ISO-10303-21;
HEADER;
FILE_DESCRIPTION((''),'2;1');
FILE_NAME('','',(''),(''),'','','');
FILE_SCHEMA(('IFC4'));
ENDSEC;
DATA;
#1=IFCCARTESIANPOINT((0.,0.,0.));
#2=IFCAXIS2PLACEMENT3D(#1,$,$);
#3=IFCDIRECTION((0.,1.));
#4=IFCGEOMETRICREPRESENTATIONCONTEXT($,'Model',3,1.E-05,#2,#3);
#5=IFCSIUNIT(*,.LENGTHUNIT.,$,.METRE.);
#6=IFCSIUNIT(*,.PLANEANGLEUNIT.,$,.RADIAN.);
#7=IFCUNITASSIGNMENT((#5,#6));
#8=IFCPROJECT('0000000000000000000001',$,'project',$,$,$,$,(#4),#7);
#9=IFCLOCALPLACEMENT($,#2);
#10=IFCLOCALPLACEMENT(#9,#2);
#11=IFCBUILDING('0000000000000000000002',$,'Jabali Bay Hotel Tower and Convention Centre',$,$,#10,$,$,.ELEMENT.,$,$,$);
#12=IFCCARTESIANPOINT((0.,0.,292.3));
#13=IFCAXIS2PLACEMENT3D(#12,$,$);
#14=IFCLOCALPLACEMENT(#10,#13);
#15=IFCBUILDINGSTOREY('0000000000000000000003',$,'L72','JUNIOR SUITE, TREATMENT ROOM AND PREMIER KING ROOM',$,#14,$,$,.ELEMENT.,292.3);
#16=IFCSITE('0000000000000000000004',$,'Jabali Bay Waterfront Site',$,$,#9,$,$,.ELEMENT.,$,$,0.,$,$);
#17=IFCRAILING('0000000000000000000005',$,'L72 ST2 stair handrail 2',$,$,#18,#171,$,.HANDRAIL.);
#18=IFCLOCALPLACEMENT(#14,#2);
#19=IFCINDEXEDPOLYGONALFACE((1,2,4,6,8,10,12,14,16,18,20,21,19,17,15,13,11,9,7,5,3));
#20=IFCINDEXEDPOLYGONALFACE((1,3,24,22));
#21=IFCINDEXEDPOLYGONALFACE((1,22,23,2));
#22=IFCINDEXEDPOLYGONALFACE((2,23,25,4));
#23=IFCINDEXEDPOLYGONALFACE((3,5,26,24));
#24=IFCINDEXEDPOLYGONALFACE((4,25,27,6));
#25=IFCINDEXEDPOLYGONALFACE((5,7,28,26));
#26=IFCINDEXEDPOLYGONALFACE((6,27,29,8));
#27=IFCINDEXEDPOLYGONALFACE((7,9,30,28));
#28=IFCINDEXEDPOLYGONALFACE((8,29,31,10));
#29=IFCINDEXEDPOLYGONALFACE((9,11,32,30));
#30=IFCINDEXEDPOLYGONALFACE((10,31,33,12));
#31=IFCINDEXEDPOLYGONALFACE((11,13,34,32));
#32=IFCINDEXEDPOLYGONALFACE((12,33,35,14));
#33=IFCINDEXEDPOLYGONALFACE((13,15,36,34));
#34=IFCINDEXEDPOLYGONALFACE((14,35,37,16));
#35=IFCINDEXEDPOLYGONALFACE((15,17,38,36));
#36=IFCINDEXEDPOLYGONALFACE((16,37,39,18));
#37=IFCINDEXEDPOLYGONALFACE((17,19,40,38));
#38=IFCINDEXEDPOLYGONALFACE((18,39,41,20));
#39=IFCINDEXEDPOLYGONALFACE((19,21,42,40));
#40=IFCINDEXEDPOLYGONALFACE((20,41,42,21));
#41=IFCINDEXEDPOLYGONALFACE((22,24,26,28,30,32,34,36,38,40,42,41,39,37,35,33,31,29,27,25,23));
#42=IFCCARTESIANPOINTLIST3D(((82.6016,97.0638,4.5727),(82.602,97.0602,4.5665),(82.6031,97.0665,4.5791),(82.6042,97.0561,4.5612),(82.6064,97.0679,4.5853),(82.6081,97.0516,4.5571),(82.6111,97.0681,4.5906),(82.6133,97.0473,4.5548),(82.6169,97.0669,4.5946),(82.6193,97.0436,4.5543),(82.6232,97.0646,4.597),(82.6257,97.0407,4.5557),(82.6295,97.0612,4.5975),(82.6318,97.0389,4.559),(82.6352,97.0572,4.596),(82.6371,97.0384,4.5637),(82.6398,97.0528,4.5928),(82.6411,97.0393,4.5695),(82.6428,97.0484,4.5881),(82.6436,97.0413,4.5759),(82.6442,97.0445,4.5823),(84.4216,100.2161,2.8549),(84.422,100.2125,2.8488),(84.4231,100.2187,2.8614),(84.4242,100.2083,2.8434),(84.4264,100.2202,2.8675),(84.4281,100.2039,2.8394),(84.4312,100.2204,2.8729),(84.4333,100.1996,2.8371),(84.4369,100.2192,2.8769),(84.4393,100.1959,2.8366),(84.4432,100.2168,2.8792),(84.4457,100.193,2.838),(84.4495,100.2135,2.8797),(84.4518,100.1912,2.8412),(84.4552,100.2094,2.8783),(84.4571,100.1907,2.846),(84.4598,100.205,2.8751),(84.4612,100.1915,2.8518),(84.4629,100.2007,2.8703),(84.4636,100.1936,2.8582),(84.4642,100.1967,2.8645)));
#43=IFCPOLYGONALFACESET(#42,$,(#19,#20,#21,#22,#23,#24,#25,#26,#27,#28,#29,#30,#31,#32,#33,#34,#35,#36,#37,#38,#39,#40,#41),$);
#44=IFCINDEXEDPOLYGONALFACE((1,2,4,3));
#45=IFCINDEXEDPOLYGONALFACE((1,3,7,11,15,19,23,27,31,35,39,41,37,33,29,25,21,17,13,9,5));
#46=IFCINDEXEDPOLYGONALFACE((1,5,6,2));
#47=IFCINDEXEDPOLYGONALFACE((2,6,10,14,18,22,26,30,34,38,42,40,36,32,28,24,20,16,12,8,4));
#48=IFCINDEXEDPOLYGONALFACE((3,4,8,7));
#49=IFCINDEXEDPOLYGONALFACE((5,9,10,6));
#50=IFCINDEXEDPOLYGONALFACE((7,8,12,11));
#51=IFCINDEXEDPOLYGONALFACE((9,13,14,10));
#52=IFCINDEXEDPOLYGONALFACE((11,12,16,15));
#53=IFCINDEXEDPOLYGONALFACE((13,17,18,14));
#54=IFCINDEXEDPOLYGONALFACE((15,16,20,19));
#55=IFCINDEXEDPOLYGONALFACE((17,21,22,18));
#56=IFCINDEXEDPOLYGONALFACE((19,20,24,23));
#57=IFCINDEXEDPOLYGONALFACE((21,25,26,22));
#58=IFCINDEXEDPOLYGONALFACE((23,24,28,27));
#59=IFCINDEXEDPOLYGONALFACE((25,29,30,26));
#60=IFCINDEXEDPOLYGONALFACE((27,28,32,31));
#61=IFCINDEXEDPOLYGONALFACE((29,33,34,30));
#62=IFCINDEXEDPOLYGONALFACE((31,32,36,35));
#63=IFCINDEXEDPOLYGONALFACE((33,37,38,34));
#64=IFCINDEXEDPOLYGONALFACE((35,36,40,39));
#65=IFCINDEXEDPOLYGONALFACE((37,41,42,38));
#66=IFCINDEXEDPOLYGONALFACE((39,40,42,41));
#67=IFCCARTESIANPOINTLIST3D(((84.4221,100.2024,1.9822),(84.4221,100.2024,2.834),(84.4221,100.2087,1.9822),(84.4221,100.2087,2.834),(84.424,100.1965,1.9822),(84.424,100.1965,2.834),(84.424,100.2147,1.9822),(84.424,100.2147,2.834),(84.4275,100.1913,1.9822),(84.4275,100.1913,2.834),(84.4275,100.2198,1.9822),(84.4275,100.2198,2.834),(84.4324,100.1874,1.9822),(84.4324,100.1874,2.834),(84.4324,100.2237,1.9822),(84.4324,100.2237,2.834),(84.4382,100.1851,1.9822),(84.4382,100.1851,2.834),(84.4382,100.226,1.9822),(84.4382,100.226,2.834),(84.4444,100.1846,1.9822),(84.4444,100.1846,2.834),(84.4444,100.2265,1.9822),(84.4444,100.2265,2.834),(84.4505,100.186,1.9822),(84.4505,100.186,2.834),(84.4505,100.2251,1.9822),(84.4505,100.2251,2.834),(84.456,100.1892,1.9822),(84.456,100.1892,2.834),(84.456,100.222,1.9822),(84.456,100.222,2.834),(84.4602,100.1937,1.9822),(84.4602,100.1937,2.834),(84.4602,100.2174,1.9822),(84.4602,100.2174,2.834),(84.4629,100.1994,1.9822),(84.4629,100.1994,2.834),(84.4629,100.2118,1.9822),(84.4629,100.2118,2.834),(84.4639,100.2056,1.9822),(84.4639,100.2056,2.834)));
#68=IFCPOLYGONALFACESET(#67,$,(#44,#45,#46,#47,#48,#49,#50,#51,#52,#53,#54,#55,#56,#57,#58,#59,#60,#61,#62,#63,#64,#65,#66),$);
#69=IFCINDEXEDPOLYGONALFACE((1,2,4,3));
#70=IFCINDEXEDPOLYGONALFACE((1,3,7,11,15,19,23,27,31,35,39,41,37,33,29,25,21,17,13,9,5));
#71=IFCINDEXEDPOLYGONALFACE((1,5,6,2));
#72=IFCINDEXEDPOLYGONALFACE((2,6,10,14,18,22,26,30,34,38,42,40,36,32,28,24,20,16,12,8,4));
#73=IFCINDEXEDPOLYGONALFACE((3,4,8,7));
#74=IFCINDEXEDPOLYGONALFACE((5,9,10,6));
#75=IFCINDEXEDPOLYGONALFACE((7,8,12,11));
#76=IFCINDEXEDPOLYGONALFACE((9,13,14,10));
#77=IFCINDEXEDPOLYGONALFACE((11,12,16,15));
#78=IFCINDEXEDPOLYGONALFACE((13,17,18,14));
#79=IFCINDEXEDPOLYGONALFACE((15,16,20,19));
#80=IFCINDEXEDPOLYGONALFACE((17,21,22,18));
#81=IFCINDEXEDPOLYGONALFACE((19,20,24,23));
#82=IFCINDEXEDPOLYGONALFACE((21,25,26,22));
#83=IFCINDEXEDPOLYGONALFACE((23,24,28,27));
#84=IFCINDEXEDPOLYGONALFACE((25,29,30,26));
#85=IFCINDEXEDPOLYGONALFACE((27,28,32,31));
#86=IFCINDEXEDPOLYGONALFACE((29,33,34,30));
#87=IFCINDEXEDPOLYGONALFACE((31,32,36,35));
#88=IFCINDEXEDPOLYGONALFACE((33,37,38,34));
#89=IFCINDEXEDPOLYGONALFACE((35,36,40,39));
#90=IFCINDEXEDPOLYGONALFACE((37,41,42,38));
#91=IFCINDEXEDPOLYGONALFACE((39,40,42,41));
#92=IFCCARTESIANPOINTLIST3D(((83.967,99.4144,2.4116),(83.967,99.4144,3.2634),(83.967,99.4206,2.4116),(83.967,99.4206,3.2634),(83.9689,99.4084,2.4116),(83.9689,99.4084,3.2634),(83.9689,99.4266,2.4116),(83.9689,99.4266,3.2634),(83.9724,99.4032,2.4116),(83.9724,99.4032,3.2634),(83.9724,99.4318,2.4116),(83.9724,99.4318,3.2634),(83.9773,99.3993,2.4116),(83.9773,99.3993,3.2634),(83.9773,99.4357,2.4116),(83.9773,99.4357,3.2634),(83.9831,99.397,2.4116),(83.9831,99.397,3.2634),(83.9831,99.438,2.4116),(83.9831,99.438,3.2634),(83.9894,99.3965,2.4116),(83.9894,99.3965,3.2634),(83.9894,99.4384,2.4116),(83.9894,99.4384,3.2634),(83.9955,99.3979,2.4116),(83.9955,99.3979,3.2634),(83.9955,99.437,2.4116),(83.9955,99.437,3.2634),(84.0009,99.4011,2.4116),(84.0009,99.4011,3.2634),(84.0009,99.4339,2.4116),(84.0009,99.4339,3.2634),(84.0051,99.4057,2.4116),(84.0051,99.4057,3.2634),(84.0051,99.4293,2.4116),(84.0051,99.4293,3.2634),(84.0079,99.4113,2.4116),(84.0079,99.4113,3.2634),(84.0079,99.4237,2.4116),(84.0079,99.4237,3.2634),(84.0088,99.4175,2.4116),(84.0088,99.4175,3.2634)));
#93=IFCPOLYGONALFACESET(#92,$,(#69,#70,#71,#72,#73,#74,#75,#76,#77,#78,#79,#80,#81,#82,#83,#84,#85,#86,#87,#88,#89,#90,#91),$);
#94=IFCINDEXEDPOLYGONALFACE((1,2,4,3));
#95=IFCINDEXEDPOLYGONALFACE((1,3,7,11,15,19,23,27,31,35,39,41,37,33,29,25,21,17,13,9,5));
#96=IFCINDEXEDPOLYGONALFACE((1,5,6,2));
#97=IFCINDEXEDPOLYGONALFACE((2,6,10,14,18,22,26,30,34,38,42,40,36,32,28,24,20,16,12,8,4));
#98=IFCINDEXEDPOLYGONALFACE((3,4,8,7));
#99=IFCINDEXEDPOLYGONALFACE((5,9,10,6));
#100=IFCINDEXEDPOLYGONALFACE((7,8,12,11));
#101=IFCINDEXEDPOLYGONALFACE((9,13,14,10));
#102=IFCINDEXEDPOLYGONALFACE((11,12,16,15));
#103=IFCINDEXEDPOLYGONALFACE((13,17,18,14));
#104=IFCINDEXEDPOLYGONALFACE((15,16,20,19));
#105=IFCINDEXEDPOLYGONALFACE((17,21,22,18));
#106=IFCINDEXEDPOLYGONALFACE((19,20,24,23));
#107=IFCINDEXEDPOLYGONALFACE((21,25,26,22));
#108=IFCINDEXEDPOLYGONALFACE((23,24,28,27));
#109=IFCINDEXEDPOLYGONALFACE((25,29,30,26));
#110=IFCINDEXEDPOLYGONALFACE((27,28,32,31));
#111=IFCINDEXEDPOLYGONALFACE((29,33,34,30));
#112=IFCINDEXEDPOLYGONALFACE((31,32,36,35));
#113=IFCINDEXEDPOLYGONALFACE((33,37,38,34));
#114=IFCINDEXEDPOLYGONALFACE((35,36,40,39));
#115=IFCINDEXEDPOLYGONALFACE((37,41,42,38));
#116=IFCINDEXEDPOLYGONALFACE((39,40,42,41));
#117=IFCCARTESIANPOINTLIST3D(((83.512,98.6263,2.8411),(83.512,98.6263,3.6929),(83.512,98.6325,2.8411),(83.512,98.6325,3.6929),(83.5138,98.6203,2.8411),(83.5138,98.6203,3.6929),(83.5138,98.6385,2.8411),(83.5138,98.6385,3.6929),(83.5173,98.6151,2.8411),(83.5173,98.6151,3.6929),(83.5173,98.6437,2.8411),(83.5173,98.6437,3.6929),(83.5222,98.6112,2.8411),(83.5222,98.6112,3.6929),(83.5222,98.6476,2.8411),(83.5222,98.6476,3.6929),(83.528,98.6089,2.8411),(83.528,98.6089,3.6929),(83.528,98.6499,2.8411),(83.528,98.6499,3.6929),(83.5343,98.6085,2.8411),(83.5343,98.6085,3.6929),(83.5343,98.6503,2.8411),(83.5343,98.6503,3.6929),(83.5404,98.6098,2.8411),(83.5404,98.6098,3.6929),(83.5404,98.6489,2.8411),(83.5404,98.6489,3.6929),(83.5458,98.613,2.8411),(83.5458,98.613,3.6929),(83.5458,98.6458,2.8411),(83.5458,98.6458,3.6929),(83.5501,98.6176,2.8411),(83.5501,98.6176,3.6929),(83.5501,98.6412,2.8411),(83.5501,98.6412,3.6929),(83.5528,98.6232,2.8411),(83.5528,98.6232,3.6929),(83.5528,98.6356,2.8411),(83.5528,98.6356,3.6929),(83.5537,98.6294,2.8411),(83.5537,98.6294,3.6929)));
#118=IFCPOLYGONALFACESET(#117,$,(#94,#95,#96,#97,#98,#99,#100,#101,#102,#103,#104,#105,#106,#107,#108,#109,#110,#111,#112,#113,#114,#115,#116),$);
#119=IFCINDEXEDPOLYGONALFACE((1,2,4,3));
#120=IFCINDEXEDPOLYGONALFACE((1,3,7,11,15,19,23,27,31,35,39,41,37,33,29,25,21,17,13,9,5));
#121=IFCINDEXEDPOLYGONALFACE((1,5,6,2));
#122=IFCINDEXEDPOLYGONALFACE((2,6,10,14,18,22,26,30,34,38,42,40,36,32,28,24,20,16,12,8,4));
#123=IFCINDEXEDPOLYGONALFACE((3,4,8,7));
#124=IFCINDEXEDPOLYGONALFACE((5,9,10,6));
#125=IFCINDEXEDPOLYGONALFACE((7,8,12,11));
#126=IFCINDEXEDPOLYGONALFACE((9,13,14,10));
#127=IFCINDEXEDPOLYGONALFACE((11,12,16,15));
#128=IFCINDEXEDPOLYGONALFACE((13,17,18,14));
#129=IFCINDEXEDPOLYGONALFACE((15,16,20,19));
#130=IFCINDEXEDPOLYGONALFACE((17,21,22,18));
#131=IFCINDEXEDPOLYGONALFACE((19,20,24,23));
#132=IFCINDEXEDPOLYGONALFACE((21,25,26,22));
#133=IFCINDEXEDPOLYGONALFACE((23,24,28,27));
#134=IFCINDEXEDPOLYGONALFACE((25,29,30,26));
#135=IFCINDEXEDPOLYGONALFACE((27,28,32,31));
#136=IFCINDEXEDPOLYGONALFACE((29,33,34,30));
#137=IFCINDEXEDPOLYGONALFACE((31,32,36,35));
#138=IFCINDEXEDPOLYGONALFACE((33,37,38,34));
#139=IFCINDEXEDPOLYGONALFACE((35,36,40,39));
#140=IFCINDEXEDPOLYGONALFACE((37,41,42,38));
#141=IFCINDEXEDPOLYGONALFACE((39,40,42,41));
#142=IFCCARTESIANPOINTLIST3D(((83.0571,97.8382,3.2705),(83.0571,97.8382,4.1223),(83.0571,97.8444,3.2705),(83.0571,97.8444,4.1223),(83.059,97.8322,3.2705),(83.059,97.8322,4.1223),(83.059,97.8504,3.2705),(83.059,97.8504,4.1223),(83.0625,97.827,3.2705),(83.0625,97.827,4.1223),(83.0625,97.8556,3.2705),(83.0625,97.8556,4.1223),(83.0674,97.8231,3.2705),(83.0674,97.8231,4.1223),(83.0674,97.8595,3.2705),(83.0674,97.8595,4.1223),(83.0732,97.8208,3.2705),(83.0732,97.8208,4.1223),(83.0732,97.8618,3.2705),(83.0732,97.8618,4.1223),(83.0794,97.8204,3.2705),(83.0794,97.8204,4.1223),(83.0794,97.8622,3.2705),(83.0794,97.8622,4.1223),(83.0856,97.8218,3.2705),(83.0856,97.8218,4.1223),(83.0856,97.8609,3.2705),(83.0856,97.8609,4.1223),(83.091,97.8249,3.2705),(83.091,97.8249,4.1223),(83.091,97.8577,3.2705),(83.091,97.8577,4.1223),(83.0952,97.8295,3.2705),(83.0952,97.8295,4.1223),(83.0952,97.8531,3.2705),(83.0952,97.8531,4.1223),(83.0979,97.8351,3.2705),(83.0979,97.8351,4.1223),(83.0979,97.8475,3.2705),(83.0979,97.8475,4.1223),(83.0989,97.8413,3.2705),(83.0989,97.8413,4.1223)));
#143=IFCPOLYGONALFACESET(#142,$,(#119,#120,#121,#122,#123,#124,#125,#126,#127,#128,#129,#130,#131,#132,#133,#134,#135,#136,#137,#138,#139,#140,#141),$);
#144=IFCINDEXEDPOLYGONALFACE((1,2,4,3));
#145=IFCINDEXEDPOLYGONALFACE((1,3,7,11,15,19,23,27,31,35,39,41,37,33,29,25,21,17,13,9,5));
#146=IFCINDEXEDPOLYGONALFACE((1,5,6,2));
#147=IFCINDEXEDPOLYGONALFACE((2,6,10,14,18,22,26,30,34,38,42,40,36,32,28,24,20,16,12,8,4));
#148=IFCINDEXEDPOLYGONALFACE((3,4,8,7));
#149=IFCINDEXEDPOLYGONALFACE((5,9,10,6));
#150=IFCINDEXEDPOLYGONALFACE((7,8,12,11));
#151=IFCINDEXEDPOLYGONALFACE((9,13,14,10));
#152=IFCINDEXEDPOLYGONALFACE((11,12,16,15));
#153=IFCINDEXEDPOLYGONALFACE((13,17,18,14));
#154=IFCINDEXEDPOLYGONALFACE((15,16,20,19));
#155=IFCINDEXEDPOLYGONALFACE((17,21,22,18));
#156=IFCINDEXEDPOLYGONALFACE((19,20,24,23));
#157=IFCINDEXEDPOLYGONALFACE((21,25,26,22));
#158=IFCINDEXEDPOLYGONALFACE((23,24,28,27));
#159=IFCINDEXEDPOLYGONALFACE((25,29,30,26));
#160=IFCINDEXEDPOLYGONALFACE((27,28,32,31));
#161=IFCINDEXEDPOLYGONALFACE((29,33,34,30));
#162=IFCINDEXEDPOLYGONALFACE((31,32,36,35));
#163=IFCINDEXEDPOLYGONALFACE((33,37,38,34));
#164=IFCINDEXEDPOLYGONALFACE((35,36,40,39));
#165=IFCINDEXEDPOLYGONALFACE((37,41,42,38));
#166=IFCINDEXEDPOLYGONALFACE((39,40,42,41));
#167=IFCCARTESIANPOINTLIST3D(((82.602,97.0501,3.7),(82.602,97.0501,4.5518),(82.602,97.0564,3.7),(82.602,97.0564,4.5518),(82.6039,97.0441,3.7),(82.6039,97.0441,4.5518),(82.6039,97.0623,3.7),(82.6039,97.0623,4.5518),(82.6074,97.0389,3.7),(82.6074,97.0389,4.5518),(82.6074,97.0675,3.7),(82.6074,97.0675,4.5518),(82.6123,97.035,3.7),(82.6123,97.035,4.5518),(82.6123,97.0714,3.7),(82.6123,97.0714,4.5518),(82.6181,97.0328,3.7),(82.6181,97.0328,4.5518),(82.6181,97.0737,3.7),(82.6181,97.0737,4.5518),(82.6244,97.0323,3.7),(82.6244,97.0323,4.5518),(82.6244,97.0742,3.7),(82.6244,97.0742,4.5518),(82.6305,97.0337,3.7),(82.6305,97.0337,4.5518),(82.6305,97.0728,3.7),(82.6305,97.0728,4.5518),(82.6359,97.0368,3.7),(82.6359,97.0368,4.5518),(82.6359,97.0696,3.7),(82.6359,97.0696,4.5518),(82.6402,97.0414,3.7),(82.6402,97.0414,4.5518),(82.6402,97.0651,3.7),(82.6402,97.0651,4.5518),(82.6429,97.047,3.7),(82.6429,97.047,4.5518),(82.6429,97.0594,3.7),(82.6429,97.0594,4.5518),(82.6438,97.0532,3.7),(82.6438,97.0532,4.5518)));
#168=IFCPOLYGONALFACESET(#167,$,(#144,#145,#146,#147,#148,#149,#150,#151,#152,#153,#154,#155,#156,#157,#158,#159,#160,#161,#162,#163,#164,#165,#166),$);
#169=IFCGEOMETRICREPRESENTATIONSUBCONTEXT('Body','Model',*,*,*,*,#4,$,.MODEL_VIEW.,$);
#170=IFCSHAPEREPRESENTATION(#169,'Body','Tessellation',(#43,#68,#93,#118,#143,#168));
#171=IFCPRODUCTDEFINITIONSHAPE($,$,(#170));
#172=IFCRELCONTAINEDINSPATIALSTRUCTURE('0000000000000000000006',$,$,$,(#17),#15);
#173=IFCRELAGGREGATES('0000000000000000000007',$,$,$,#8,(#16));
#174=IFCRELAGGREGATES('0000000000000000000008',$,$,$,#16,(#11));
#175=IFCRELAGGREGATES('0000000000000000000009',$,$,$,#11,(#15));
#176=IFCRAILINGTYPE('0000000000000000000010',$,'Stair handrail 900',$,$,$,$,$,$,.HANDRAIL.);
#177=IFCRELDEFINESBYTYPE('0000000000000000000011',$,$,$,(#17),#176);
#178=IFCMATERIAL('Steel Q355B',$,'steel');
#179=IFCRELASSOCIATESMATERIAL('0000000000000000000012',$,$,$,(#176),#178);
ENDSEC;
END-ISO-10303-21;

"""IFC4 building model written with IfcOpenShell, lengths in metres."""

from ifc_helpers import new_model, si_unit, direction, frame, origin, origin_2d, place, context, subcontext, project, spatial, circle, extrude, material, type_object, element, save


model = new_model("IFC4")

# Units and contexts
model_context = context("Model", 3, precision=1e-05, world=origin(), true_north=direction((0.0, 1.0)))
body_context = subcontext(model_context, "Body", "Model", "MODEL_VIEW")
ifc_project = project(units=[si_unit("LENGTHUNIT", "METRE"), si_unit("PLANEANGLEUNIT", "RADIAN")], contexts=[model_context])

# Site, building, storey
site_placement = place(None, origin())
site = spatial("IfcSite", under=ifc_project, at=site_placement, Name="Jabali Bay Waterfront Site", CompositionType="ELEMENT", RefElevation=0.0)
building_placement = place(site_placement, origin())
building = spatial("IfcBuilding", under=site, at=building_placement, Name="Jabali Bay Hotel Tower and Convention Centre", CompositionType="ELEMENT")
storey_placement = place(building_placement, frame((0.0, 0.0, 292.3)))
storey = spatial("IfcBuildingStorey", under=building, at=storey_placement, Name="L72", Description="JUNIOR SUITE, TREATMENT ROOM AND PREMIER KING ROOM", CompositionType="ELEMENT", Elevation=292.3)

# Railing
ifc_material_1 = material(Name="Steel Q355B", Category="steel")
railing_type = type_object("IfcRailingType", Name="Stair handrail 900", PredefinedType="HANDRAIL", material=ifc_material_1)
railing_placement = place(storey_placement, frame((84.4429, 100.2056, 1.9822)))
element("IfcRailing", 1, at=railing_placement, inside=storey, type_object=railing_type, Name="L72 ST2 stair handrail 2", PredefinedType="HANDRAIL", context=body_context, shape_type="SweptSolid", body=[
    extrude(circle(Radius=0.0239, at=origin_2d()), frame((0.0, 0.0, 0.876), z_axis=(-0.45219, -0.78319, 0.426775), x_axis=(0.866018, -0.500013, 0.0)), (0.0, 0.0, 1.0), 4.0249),
    extrude(circle(Radius=0.021, at=origin_2d()), origin(), (0.0, 0.0, 1.0), 0.8518),
    extrude(circle(Radius=0.021, at=origin_2d()), frame((-0.4551, -0.7881, 0.4294)), (0.0, 0.0, 1.0), 0.8518),
    extrude(circle(Radius=0.021, at=origin_2d()), frame((-0.9102, -1.5762, 0.8589)), (0.0, 0.0, 1.0), 0.8518),
    extrude(circle(Radius=0.021, at=origin_2d()), frame((-1.365, -2.3643, 1.2883)), (0.0, 0.0, 1.0), 0.8518),
    extrude(circle(Radius=0.021, at=origin_2d()), frame((-1.8201, -3.1523, 1.7178)), (0.0, 0.0, 1.0), 0.8518),
])

save(model, "model.ifc")
